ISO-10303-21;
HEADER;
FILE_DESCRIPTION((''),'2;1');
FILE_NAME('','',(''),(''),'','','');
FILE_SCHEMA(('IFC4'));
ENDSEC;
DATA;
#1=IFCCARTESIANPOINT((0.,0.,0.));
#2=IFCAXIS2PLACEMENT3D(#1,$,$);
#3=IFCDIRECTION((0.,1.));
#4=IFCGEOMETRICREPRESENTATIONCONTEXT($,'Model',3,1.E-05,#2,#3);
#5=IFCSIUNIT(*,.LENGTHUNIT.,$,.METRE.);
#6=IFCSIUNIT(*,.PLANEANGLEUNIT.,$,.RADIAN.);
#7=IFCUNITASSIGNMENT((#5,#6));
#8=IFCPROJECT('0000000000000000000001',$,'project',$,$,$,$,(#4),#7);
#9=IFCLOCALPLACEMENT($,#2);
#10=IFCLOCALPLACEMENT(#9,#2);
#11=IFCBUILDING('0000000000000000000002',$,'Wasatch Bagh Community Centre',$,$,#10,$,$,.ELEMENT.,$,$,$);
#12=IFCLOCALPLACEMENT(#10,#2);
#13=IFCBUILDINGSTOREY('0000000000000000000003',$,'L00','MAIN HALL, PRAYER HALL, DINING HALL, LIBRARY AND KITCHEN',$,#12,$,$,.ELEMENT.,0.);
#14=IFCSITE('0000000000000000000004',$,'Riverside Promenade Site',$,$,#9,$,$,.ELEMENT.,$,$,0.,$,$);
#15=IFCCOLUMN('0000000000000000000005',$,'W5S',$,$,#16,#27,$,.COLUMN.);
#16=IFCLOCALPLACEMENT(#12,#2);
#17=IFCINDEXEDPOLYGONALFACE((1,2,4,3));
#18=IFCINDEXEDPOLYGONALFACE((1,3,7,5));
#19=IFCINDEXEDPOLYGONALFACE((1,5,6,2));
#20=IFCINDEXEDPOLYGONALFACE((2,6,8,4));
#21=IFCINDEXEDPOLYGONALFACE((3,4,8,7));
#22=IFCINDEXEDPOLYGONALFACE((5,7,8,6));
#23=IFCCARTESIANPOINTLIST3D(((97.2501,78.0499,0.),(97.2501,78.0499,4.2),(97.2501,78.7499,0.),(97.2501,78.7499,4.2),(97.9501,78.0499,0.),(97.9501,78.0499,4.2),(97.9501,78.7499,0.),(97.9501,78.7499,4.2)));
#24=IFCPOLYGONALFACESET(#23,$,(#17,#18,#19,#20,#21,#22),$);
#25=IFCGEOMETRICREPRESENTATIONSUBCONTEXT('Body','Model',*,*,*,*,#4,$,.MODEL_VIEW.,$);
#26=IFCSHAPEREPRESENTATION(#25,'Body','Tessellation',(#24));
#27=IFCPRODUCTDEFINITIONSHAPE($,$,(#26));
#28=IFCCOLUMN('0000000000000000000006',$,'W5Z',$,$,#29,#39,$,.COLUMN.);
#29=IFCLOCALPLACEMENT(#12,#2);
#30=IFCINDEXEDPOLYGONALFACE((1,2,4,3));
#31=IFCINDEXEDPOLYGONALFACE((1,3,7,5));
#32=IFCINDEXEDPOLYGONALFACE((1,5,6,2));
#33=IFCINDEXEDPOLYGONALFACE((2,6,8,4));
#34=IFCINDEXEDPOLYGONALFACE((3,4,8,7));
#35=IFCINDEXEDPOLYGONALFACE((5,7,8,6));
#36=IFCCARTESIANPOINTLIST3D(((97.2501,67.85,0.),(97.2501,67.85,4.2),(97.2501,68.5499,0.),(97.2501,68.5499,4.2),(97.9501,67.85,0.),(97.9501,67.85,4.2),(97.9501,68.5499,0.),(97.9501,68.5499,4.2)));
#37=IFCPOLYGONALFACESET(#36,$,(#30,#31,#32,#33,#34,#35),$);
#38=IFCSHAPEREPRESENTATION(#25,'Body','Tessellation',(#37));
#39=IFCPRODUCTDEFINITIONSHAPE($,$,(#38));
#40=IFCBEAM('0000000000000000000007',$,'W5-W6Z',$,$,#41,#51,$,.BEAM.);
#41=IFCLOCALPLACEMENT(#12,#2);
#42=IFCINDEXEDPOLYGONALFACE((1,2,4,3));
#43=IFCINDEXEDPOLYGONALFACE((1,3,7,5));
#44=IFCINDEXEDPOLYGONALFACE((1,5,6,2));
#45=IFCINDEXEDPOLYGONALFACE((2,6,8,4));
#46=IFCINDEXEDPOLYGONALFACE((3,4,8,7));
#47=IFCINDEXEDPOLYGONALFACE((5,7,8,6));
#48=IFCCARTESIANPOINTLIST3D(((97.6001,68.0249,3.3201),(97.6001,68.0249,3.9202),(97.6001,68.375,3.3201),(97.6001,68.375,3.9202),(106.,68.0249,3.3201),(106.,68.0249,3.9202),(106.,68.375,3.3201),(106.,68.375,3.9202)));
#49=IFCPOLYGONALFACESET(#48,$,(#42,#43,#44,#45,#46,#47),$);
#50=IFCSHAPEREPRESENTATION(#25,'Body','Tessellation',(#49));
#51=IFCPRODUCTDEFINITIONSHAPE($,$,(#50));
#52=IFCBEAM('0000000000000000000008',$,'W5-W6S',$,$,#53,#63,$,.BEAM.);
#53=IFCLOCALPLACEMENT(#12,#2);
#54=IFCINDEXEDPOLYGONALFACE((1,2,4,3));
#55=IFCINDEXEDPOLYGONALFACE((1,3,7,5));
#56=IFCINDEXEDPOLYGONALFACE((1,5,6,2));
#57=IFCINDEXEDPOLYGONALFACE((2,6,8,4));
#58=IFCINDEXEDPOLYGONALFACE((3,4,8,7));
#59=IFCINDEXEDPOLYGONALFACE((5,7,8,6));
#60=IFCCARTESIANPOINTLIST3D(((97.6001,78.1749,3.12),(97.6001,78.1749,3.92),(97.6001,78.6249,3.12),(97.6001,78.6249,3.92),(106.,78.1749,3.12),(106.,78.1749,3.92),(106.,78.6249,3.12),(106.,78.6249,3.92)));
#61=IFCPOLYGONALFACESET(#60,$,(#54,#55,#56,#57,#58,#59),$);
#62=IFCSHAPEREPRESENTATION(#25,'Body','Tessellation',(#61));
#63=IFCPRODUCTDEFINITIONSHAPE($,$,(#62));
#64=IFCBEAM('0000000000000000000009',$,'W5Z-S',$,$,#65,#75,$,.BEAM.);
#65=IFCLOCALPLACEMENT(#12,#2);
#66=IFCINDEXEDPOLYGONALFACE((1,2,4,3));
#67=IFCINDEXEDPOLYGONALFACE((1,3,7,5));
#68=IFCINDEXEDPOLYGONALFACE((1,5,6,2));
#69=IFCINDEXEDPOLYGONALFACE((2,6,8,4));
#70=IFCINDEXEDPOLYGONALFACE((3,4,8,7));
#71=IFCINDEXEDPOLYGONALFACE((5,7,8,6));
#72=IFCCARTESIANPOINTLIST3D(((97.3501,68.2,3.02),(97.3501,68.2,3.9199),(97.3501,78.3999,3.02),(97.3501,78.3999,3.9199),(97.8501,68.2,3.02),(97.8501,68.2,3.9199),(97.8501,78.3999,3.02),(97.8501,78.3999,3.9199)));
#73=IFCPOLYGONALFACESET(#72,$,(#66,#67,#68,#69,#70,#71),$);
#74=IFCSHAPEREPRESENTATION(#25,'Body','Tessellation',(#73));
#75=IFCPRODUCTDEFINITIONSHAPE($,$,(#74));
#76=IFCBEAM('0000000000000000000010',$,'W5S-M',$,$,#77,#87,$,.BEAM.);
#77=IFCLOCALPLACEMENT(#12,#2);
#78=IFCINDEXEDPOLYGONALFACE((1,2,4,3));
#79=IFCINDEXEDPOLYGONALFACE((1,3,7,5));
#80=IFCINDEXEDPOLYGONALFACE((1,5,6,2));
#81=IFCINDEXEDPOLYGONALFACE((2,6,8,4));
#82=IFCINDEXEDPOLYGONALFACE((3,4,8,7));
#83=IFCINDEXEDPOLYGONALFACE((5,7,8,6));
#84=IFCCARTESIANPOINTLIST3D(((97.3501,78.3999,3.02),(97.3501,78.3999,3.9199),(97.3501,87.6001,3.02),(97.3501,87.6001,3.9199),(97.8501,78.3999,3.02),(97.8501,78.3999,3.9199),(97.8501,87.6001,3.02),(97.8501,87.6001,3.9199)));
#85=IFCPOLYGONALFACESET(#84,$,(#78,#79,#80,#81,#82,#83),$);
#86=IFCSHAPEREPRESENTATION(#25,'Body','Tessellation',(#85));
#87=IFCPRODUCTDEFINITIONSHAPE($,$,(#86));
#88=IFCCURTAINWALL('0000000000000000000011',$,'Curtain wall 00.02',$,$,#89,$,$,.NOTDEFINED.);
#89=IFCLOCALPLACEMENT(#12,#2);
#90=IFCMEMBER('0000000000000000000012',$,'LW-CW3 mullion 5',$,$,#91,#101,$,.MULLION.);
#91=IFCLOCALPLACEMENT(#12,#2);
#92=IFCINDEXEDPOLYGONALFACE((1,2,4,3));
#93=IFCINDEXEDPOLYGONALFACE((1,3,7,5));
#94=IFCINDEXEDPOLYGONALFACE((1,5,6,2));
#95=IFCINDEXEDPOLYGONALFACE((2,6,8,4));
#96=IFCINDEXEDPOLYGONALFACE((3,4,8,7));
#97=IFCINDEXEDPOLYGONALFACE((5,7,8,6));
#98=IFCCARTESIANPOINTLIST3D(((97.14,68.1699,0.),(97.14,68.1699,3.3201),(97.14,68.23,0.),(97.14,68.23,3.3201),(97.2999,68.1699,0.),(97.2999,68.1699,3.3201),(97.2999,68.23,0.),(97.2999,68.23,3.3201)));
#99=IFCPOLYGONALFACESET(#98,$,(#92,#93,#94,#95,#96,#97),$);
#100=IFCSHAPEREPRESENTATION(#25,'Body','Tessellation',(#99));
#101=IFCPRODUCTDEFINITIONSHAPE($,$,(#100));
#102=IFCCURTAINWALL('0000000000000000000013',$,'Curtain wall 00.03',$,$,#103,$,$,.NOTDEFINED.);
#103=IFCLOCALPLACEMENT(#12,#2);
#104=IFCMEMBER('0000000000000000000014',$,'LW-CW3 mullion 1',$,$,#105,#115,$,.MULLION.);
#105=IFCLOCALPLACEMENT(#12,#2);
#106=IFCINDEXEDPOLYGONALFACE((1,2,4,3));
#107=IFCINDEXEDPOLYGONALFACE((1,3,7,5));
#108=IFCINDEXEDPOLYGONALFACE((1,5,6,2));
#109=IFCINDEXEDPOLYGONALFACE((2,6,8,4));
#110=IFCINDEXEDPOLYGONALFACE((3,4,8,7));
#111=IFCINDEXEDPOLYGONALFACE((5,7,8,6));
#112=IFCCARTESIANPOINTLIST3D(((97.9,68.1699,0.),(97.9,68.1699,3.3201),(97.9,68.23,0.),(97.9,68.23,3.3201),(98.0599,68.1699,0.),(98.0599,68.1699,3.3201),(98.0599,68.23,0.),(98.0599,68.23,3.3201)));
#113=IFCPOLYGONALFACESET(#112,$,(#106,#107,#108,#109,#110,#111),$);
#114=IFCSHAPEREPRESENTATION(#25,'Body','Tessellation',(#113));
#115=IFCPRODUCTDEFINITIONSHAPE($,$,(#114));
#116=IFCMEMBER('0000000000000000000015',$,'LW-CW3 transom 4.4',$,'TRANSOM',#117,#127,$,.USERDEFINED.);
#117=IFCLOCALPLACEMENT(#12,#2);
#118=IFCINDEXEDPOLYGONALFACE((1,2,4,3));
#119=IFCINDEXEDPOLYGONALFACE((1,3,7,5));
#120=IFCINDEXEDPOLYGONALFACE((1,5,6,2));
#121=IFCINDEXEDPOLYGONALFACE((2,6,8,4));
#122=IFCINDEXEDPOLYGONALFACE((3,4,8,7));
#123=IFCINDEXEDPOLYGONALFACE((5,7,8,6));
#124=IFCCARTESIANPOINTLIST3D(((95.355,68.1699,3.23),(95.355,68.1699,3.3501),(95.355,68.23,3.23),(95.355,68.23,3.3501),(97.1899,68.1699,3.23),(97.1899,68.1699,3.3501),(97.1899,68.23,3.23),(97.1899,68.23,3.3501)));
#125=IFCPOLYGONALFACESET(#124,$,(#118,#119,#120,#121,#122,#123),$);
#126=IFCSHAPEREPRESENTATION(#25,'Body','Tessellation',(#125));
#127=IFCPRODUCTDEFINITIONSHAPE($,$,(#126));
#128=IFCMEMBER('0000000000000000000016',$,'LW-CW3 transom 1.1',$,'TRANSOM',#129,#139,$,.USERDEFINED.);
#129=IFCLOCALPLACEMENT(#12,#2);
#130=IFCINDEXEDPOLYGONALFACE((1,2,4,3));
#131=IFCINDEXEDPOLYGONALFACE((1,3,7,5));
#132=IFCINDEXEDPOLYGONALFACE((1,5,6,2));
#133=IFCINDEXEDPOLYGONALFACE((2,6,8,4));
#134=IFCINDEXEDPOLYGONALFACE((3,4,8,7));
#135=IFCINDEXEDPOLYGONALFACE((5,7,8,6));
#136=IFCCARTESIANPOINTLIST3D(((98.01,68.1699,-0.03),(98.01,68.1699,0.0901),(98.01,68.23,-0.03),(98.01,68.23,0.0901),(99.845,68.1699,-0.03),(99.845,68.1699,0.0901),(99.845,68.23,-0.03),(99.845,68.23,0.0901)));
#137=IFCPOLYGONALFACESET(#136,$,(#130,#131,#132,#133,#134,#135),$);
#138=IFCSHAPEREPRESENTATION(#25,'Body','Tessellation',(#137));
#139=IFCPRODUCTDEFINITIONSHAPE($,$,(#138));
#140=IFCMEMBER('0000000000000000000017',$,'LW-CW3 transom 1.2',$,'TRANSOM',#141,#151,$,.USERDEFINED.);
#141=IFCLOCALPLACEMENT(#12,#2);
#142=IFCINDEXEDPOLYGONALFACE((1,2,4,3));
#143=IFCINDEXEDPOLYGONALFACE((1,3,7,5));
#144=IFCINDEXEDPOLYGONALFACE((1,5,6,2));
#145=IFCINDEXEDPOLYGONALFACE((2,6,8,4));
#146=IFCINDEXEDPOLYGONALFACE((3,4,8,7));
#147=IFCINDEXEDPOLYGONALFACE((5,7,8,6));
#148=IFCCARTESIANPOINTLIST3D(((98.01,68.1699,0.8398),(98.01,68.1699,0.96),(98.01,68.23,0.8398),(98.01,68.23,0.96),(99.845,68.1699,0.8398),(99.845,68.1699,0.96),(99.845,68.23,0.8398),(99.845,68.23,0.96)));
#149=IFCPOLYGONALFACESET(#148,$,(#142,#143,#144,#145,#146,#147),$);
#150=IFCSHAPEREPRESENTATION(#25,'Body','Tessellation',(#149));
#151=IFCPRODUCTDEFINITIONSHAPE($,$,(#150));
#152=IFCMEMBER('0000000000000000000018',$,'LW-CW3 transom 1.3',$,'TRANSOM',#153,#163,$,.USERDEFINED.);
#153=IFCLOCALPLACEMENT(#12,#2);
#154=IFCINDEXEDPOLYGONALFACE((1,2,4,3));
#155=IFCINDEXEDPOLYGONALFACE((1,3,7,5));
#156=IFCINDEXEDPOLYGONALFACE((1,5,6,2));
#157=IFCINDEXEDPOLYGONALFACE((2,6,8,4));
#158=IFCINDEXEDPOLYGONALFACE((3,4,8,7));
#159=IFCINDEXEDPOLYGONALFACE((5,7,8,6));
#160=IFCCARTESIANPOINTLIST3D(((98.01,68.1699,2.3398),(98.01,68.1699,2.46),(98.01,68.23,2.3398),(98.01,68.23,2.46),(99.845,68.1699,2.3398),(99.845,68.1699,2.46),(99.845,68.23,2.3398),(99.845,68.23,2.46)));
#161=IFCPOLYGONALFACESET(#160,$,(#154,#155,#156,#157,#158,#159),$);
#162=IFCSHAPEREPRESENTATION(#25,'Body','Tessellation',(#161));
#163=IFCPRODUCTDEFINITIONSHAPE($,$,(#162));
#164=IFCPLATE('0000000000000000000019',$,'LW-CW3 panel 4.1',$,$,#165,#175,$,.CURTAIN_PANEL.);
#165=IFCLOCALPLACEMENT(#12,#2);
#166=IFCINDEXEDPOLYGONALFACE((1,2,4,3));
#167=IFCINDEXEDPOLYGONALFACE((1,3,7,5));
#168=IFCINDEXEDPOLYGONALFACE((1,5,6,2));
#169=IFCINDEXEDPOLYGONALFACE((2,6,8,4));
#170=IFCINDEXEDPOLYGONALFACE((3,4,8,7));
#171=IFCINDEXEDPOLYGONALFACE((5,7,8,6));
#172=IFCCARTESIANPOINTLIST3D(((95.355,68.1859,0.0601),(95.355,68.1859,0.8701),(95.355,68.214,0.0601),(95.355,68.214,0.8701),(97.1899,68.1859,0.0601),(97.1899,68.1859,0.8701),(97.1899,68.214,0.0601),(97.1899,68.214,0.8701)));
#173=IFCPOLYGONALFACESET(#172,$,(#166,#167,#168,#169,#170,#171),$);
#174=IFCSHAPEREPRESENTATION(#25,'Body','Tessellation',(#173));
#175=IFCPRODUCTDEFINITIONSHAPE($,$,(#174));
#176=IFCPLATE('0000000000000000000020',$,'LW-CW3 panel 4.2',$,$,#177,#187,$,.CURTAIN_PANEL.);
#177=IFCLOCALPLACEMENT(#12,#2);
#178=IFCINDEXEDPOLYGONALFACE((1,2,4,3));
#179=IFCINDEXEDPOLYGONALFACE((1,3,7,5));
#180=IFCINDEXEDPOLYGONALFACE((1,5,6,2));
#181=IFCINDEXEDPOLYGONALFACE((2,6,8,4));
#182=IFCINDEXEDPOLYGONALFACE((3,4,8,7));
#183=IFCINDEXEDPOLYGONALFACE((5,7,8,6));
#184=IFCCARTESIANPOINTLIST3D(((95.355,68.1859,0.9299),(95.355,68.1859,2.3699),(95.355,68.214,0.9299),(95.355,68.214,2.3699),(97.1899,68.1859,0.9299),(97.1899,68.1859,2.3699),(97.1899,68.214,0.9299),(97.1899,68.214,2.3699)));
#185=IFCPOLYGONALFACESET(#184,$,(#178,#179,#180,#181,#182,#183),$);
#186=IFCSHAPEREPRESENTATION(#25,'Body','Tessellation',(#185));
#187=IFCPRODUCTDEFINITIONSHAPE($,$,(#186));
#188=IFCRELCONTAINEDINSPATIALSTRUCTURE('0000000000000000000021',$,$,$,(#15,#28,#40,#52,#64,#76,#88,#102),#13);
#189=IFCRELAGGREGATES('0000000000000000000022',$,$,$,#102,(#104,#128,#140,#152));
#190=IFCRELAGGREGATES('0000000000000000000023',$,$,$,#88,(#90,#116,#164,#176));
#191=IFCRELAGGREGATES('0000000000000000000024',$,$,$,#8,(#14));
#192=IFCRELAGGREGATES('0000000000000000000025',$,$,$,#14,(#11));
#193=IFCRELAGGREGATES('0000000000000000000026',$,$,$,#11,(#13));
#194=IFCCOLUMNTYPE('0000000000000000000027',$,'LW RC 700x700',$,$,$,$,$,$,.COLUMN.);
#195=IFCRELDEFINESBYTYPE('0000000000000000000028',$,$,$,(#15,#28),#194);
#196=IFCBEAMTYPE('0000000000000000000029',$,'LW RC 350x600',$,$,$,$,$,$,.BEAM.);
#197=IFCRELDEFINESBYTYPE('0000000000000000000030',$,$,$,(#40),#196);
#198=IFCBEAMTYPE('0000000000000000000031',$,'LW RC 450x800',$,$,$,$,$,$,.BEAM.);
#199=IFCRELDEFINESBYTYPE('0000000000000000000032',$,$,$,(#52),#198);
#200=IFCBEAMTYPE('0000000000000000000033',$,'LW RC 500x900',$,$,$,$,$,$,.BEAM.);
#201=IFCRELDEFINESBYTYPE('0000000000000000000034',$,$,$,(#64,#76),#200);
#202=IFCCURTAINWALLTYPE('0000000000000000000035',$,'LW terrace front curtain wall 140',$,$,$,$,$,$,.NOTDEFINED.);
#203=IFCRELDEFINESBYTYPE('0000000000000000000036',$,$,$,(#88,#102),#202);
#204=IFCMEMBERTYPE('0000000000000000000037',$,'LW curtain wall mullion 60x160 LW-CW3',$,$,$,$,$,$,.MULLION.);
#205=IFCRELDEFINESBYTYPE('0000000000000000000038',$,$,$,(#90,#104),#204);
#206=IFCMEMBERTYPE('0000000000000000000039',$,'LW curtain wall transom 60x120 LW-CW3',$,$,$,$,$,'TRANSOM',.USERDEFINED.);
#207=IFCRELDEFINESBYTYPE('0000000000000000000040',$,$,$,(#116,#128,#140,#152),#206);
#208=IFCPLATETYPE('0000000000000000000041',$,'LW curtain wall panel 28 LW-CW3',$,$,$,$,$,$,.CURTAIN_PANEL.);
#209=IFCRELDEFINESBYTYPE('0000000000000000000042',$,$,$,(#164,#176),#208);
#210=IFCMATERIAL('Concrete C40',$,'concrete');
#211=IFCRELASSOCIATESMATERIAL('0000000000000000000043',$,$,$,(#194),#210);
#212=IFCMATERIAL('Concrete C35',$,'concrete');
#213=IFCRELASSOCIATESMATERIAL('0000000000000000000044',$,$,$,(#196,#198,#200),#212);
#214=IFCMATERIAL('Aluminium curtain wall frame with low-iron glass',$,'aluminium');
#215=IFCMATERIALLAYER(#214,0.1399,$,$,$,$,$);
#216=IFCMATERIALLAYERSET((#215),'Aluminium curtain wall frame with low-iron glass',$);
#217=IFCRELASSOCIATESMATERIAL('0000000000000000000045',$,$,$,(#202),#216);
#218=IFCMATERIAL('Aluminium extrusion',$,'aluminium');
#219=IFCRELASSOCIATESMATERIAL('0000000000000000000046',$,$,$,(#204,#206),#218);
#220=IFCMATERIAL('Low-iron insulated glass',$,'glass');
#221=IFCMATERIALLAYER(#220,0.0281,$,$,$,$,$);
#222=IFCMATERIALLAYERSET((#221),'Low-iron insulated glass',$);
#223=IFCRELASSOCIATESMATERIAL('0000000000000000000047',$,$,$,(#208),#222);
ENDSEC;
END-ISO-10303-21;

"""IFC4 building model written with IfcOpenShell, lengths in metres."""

from ifc_helpers import new_model, si_unit, direction, frame, origin, origin_2d, place, context, subcontext, project, spatial, rectangle, extrude, material, layer, layer_set, material_profile, profile_set, type_object, element, aggregate, save


model = new_model("IFC4")

# Units and contexts
model_context = context("Model", 3, precision=1e-05, world=origin(), true_north=direction((0.0, 1.0)))
body_context = subcontext(model_context, "Body", "Model", "MODEL_VIEW")
ifc_project = project(units=[si_unit("LENGTHUNIT", "METRE"), si_unit("PLANEANGLEUNIT", "RADIAN")], contexts=[model_context])

# Site, building, storey
site_placement = place(None, origin())
site = spatial("IfcSite", under=ifc_project, at=site_placement, Name="Riverside Promenade Site", CompositionType="ELEMENT", RefElevation=0.0)
building_placement = place(site_placement, origin())
building = spatial("IfcBuilding", under=site, at=building_placement, Name="Wasatch Bagh Community Centre", CompositionType="ELEMENT")
storey_placement = place(building_placement, origin())
storey = spatial("IfcBuildingStorey", under=building, at=storey_placement, Name="L00", Description="MAIN HALL, PRAYER HALL, DINING HALL, LIBRARY AND KITCHEN", CompositionType="ELEMENT", Elevation=0.0)

# Shared definitions
ifc_material_1 = material(Name="Concrete C35", Category="concrete")

# Columns
ifc_material_2 = material(Name="Concrete C40", Category="concrete")
ifc_material_profile_1 = material_profile(ifc_material_2, rectangle(XDim=0.7, YDim=0.7, at=origin_2d()), Name="RC 700x700")
ifc_profile_set_1 = profile_set([ifc_material_profile_1], Name="Concrete C40")
column_type = type_object("IfcColumnType", Name="LW RC 700x700", PredefinedType="COLUMN", material=ifc_profile_set_1)
for number, where, z_axis, x_axis, name in (
    (1, (97.6001, 78.3999, 0.0), (0.0, 0.0, 1.0), (1.0, 0.0, 0.0), "W5S"),
    (2, (97.6001, 68.2, 0.0), (0.0, 0.0, 1.0), (1.0, 0.0, 0.0), "W5Z"),
):
    element("IfcColumn", number, at=place(storey_placement, frame(where, z_axis=z_axis, x_axis=x_axis)), inside=storey, type_object=column_type, Name=name, PredefinedType="COLUMN", context=body_context, shape_type="SweptSolid", body=[
        extrude(rectangle(XDim=0.7, YDim=0.7, at=origin_2d()), origin(), (0.0, 0.0, 1.0), 4.2),
    ])

# Beams
ifc_material_profile_2 = material_profile(ifc_material_1, rectangle(XDim=0.3501, YDim=0.6001, at=origin_2d()), Name="RC 350x600")
ifc_profile_set_2 = profile_set([ifc_material_profile_2], Name="Concrete C35")
beam_type_1 = type_object("IfcBeamType", Name="LW RC 350x600", PredefinedType="BEAM", material=ifc_profile_set_2)
beam_1_placement = place(storey_placement, frame((97.6001, 68.2, 3.6201), z_axis=(1.0, 0.0, 0.0), x_axis=(0.0, 1.0, 0.0)))
element("IfcBeam", 3, at=beam_1_placement, inside=storey, type_object=beam_type_1, Name="W5-W6Z", PredefinedType="BEAM", context=body_context, shape_type="SweptSolid", body=[
    extrude(rectangle(XDim=0.3501, YDim=0.6001, at=origin_2d()), origin(), (0.0, 0.0, 1.0), 8.3999),
])
ifc_material_profile_3 = material_profile(ifc_material_1, rectangle(XDim=0.45, YDim=0.8, at=origin_2d()), Name="RC 450x800")
ifc_profile_set_3 = profile_set([ifc_material_profile_3], Name="Concrete C35")
beam_type_2 = type_object("IfcBeamType", Name="LW RC 450x800", PredefinedType="BEAM", material=ifc_profile_set_3)
beam_2_placement = place(storey_placement, frame((97.6001, 78.3999, 3.52), z_axis=(1.0, 0.0, 0.0), x_axis=(0.0, 1.0, 0.0)))
element("IfcBeam", 4, at=beam_2_placement, inside=storey, type_object=beam_type_2, Name="W5-W6S", PredefinedType="BEAM", context=body_context, shape_type="SweptSolid", body=[
    extrude(rectangle(XDim=0.45, YDim=0.8, at=origin_2d()), origin(), (0.0, 0.0, 1.0), 8.3999),
])
ifc_material_profile_4 = material_profile(ifc_material_1, rectangle(XDim=0.5, YDim=0.8999, at=origin_2d()), Name="RC 500x900")
ifc_profile_set_4 = profile_set([ifc_material_profile_4], Name="Concrete C35")
beam_type_3 = type_object("IfcBeamType", Name="LW RC 500x900", PredefinedType="BEAM", material=ifc_profile_set_4)
beam_3_placement = place(storey_placement, frame((97.6001, 68.2, 3.47), z_axis=(0.0, 1.0, 0.0), x_axis=(-1.0, 0.0, 0.0)))
element("IfcBeam", 5, at=beam_3_placement, inside=storey, type_object=beam_type_3, Name="W5Z-S", PredefinedType="BEAM", context=body_context, shape_type="SweptSolid", body=[
    extrude(rectangle(XDim=0.5, YDim=0.8999, at=origin_2d()), origin(), (0.0, 0.0, 1.0), 10.2),
])
beam_4_placement = place(storey_placement, frame((97.6001, 78.3999, 3.47), z_axis=(0.0, 1.0, 0.0), x_axis=(-1.0, 0.0, 0.0)))
element("IfcBeam", 6, at=beam_4_placement, inside=storey, type_object=beam_type_3, Name="W5S-M", PredefinedType="BEAM", context=body_context, shape_type="SweptSolid", body=[
    extrude(rectangle(XDim=0.5, YDim=0.8999, at=origin_2d()), origin(), (0.0, 0.0, 1.0), 9.2002),
])

# Curtain walls, members
ifc_material_3 = material(Name="Aluminium curtain wall frame with low-iron glass", Category="aluminium")
ifc_layer_1 = layer(ifc_material_3, 0.1399)
ifc_layer_set_1 = layer_set([ifc_layer_1], Name="Aluminium curtain wall frame with low-iron glass")
curtain_wall_type = type_object("IfcCurtainWallType", Name="LW terrace front curtain wall 140", PredefinedType="NOTDEFINED", material=ifc_layer_set_1)
curtain_wall_1_placement = place(storey_placement, origin())
curtain_wall_1 = element("IfcCurtainWall", 7, at=curtain_wall_1_placement, inside=storey, type_object=curtain_wall_type, Name="Curtain wall 00.02", PredefinedType="NOTDEFINED")
ifc_material_4 = material(Name="Aluminium extrusion", Category="aluminium")
ifc_material_profile_5 = material_profile(ifc_material_4, rectangle(XDim=0.0601, YDim=0.1599, at=origin_2d()), Name="AL 60x160")
ifc_profile_set_5 = profile_set([ifc_material_profile_5], Name="Aluminium extrusion")
member_type_1 = type_object("IfcMemberType", Name="LW curtain wall mullion 60x160 LW-CW3", PredefinedType="MULLION", material=ifc_profile_set_5)
member_1_placement = place(storey_placement, frame((97.22, 68.2, 0.0), z_axis=(0.0, 0.0, 1.0), x_axis=(0.0, 1.0, 0.0)))
member_1 = element("IfcMember", 8, at=member_1_placement, type_object=member_type_1, Name="LW-CW3 mullion 5", PredefinedType="MULLION", context=body_context, shape_type="SweptSolid", body=[
    extrude(rectangle(XDim=0.0601, YDim=0.1599, at=origin_2d()), origin(), (0.0, 0.0, 1.0), 3.3201),
])
curtain_wall_2_placement = place(storey_placement, origin())
curtain_wall_2 = element("IfcCurtainWall", 9, at=curtain_wall_2_placement, inside=storey, type_object=curtain_wall_type, Name="Curtain wall 00.03", PredefinedType="NOTDEFINED")
member_2_placement = place(storey_placement, frame((97.98, 68.2, 0.0), z_axis=(0.0, 0.0, 1.0), x_axis=(0.0, 1.0, 0.0)))
member_2 = element("IfcMember", 10, at=member_2_placement, type_object=member_type_1, Name="LW-CW3 mullion 1", PredefinedType="MULLION", context=body_context, shape_type="SweptSolid", body=[
    extrude(rectangle(XDim=0.0601, YDim=0.1599, at=origin_2d()), origin(), (0.0, 0.0, 1.0), 3.3201),
])

# Members
ifc_material_profile_6 = material_profile(ifc_material_4, rectangle(XDim=0.0601, YDim=0.1201, at=origin_2d()), Name="AL 60x120")
ifc_profile_set_6 = profile_set([ifc_material_profile_6], Name="Aluminium extrusion")
member_type_2 = type_object("IfcMemberType", Name="LW curtain wall transom 60x120 LW-CW3", ElementType="TRANSOM", PredefinedType="USERDEFINED", material=ifc_profile_set_6)
member_3_placement = place(storey_placement, frame((95.355, 68.2, 3.29), z_axis=(1.0, 0.0, 0.0), x_axis=(0.0, 1.0, 0.0)))
member_3 = element("IfcMember", 11, at=member_3_placement, type_object=member_type_2, Name="LW-CW3 transom 4.4", ObjectType="TRANSOM", PredefinedType="USERDEFINED", context=body_context, shape_type="SweptSolid", body=[
    extrude(rectangle(XDim=0.0601, YDim=0.1201, at=origin_2d()), origin(), (0.0, 0.0, 1.0), 1.835),
])
member_4_placement = place(storey_placement, frame((98.01, 68.2, 0.03), z_axis=(1.0, 0.0, 0.0), x_axis=(0.0, 1.0, 0.0)))
member_4 = element("IfcMember", 12, at=member_4_placement, type_object=member_type_2, Name="LW-CW3 transom 1.1", ObjectType="TRANSOM", PredefinedType="USERDEFINED", context=body_context, shape_type="SweptSolid", body=[
    extrude(rectangle(XDim=0.0601, YDim=0.1201, at=origin_2d()), origin(), (0.0, 0.0, 1.0), 1.835),
])
member_5_placement = place(storey_placement, frame((98.01, 68.2, 0.8999), z_axis=(1.0, 0.0, 0.0), x_axis=(0.0, 1.0, 0.0)))
member_5 = element("IfcMember", 13, at=member_5_placement, type_object=member_type_2, Name="LW-CW3 transom 1.2", ObjectType="TRANSOM", PredefinedType="USERDEFINED", context=body_context, shape_type="SweptSolid", body=[
    extrude(rectangle(XDim=0.0601, YDim=0.1201, at=origin_2d()), origin(), (0.0, 0.0, 1.0), 1.835),
])
member_6_placement = place(storey_placement, frame((98.01, 68.2, 2.3999), z_axis=(1.0, 0.0, 0.0), x_axis=(0.0, 1.0, 0.0)))
member_6 = element("IfcMember", 14, at=member_6_placement, type_object=member_type_2, Name="LW-CW3 transom 1.3", ObjectType="TRANSOM", PredefinedType="USERDEFINED", context=body_context, shape_type="SweptSolid", body=[
    extrude(rectangle(XDim=0.0601, YDim=0.1201, at=origin_2d()), origin(), (0.0, 0.0, 1.0), 1.835),
])
aggregate(curtain_wall_2, [member_2, member_4, member_5, member_6])

# Plates
ifc_material_5 = material(Name="Low-iron insulated glass", Category="glass")
ifc_layer_2 = layer(ifc_material_5, 0.0281)
ifc_layer_set_2 = layer_set([ifc_layer_2], Name="Low-iron insulated glass")
plate_type = type_object("IfcPlateType", Name="LW curtain wall panel 28 LW-CW3", PredefinedType="CURTAIN_PANEL", material=ifc_layer_set_2)
plate_1_placement = place(storey_placement, frame((96.2725, 68.2, 0.0601), z_axis=(0.0, 0.0, 1.0), x_axis=(1.0, 0.0, 0.0)))
plate_1 = element("IfcPlate", 15, at=plate_1_placement, type_object=plate_type, Name="LW-CW3 panel 4.1", PredefinedType="CURTAIN_PANEL", context=body_context, shape_type="SweptSolid", body=[
    extrude(rectangle(XDim=1.835, YDim=0.0281, at=origin_2d()), origin(), (0.0, 0.0, 1.0), 0.8101),
])
plate_2_placement = place(storey_placement, frame((96.2725, 68.2, 0.9299), z_axis=(0.0, 0.0, 1.0), x_axis=(1.0, 0.0, 0.0)))
plate_2 = element("IfcPlate", 16, at=plate_2_placement, type_object=plate_type, Name="LW-CW3 panel 4.2", PredefinedType="CURTAIN_PANEL", context=body_context, shape_type="SweptSolid", body=[
    extrude(rectangle(XDim=1.835, YDim=0.0281, at=origin_2d()), origin(), (0.0, 0.0, 1.0), 1.4399),
])
aggregate(curtain_wall_1, [member_1, member_3, plate_1, plate_2])

save(model, "model.ifc")
